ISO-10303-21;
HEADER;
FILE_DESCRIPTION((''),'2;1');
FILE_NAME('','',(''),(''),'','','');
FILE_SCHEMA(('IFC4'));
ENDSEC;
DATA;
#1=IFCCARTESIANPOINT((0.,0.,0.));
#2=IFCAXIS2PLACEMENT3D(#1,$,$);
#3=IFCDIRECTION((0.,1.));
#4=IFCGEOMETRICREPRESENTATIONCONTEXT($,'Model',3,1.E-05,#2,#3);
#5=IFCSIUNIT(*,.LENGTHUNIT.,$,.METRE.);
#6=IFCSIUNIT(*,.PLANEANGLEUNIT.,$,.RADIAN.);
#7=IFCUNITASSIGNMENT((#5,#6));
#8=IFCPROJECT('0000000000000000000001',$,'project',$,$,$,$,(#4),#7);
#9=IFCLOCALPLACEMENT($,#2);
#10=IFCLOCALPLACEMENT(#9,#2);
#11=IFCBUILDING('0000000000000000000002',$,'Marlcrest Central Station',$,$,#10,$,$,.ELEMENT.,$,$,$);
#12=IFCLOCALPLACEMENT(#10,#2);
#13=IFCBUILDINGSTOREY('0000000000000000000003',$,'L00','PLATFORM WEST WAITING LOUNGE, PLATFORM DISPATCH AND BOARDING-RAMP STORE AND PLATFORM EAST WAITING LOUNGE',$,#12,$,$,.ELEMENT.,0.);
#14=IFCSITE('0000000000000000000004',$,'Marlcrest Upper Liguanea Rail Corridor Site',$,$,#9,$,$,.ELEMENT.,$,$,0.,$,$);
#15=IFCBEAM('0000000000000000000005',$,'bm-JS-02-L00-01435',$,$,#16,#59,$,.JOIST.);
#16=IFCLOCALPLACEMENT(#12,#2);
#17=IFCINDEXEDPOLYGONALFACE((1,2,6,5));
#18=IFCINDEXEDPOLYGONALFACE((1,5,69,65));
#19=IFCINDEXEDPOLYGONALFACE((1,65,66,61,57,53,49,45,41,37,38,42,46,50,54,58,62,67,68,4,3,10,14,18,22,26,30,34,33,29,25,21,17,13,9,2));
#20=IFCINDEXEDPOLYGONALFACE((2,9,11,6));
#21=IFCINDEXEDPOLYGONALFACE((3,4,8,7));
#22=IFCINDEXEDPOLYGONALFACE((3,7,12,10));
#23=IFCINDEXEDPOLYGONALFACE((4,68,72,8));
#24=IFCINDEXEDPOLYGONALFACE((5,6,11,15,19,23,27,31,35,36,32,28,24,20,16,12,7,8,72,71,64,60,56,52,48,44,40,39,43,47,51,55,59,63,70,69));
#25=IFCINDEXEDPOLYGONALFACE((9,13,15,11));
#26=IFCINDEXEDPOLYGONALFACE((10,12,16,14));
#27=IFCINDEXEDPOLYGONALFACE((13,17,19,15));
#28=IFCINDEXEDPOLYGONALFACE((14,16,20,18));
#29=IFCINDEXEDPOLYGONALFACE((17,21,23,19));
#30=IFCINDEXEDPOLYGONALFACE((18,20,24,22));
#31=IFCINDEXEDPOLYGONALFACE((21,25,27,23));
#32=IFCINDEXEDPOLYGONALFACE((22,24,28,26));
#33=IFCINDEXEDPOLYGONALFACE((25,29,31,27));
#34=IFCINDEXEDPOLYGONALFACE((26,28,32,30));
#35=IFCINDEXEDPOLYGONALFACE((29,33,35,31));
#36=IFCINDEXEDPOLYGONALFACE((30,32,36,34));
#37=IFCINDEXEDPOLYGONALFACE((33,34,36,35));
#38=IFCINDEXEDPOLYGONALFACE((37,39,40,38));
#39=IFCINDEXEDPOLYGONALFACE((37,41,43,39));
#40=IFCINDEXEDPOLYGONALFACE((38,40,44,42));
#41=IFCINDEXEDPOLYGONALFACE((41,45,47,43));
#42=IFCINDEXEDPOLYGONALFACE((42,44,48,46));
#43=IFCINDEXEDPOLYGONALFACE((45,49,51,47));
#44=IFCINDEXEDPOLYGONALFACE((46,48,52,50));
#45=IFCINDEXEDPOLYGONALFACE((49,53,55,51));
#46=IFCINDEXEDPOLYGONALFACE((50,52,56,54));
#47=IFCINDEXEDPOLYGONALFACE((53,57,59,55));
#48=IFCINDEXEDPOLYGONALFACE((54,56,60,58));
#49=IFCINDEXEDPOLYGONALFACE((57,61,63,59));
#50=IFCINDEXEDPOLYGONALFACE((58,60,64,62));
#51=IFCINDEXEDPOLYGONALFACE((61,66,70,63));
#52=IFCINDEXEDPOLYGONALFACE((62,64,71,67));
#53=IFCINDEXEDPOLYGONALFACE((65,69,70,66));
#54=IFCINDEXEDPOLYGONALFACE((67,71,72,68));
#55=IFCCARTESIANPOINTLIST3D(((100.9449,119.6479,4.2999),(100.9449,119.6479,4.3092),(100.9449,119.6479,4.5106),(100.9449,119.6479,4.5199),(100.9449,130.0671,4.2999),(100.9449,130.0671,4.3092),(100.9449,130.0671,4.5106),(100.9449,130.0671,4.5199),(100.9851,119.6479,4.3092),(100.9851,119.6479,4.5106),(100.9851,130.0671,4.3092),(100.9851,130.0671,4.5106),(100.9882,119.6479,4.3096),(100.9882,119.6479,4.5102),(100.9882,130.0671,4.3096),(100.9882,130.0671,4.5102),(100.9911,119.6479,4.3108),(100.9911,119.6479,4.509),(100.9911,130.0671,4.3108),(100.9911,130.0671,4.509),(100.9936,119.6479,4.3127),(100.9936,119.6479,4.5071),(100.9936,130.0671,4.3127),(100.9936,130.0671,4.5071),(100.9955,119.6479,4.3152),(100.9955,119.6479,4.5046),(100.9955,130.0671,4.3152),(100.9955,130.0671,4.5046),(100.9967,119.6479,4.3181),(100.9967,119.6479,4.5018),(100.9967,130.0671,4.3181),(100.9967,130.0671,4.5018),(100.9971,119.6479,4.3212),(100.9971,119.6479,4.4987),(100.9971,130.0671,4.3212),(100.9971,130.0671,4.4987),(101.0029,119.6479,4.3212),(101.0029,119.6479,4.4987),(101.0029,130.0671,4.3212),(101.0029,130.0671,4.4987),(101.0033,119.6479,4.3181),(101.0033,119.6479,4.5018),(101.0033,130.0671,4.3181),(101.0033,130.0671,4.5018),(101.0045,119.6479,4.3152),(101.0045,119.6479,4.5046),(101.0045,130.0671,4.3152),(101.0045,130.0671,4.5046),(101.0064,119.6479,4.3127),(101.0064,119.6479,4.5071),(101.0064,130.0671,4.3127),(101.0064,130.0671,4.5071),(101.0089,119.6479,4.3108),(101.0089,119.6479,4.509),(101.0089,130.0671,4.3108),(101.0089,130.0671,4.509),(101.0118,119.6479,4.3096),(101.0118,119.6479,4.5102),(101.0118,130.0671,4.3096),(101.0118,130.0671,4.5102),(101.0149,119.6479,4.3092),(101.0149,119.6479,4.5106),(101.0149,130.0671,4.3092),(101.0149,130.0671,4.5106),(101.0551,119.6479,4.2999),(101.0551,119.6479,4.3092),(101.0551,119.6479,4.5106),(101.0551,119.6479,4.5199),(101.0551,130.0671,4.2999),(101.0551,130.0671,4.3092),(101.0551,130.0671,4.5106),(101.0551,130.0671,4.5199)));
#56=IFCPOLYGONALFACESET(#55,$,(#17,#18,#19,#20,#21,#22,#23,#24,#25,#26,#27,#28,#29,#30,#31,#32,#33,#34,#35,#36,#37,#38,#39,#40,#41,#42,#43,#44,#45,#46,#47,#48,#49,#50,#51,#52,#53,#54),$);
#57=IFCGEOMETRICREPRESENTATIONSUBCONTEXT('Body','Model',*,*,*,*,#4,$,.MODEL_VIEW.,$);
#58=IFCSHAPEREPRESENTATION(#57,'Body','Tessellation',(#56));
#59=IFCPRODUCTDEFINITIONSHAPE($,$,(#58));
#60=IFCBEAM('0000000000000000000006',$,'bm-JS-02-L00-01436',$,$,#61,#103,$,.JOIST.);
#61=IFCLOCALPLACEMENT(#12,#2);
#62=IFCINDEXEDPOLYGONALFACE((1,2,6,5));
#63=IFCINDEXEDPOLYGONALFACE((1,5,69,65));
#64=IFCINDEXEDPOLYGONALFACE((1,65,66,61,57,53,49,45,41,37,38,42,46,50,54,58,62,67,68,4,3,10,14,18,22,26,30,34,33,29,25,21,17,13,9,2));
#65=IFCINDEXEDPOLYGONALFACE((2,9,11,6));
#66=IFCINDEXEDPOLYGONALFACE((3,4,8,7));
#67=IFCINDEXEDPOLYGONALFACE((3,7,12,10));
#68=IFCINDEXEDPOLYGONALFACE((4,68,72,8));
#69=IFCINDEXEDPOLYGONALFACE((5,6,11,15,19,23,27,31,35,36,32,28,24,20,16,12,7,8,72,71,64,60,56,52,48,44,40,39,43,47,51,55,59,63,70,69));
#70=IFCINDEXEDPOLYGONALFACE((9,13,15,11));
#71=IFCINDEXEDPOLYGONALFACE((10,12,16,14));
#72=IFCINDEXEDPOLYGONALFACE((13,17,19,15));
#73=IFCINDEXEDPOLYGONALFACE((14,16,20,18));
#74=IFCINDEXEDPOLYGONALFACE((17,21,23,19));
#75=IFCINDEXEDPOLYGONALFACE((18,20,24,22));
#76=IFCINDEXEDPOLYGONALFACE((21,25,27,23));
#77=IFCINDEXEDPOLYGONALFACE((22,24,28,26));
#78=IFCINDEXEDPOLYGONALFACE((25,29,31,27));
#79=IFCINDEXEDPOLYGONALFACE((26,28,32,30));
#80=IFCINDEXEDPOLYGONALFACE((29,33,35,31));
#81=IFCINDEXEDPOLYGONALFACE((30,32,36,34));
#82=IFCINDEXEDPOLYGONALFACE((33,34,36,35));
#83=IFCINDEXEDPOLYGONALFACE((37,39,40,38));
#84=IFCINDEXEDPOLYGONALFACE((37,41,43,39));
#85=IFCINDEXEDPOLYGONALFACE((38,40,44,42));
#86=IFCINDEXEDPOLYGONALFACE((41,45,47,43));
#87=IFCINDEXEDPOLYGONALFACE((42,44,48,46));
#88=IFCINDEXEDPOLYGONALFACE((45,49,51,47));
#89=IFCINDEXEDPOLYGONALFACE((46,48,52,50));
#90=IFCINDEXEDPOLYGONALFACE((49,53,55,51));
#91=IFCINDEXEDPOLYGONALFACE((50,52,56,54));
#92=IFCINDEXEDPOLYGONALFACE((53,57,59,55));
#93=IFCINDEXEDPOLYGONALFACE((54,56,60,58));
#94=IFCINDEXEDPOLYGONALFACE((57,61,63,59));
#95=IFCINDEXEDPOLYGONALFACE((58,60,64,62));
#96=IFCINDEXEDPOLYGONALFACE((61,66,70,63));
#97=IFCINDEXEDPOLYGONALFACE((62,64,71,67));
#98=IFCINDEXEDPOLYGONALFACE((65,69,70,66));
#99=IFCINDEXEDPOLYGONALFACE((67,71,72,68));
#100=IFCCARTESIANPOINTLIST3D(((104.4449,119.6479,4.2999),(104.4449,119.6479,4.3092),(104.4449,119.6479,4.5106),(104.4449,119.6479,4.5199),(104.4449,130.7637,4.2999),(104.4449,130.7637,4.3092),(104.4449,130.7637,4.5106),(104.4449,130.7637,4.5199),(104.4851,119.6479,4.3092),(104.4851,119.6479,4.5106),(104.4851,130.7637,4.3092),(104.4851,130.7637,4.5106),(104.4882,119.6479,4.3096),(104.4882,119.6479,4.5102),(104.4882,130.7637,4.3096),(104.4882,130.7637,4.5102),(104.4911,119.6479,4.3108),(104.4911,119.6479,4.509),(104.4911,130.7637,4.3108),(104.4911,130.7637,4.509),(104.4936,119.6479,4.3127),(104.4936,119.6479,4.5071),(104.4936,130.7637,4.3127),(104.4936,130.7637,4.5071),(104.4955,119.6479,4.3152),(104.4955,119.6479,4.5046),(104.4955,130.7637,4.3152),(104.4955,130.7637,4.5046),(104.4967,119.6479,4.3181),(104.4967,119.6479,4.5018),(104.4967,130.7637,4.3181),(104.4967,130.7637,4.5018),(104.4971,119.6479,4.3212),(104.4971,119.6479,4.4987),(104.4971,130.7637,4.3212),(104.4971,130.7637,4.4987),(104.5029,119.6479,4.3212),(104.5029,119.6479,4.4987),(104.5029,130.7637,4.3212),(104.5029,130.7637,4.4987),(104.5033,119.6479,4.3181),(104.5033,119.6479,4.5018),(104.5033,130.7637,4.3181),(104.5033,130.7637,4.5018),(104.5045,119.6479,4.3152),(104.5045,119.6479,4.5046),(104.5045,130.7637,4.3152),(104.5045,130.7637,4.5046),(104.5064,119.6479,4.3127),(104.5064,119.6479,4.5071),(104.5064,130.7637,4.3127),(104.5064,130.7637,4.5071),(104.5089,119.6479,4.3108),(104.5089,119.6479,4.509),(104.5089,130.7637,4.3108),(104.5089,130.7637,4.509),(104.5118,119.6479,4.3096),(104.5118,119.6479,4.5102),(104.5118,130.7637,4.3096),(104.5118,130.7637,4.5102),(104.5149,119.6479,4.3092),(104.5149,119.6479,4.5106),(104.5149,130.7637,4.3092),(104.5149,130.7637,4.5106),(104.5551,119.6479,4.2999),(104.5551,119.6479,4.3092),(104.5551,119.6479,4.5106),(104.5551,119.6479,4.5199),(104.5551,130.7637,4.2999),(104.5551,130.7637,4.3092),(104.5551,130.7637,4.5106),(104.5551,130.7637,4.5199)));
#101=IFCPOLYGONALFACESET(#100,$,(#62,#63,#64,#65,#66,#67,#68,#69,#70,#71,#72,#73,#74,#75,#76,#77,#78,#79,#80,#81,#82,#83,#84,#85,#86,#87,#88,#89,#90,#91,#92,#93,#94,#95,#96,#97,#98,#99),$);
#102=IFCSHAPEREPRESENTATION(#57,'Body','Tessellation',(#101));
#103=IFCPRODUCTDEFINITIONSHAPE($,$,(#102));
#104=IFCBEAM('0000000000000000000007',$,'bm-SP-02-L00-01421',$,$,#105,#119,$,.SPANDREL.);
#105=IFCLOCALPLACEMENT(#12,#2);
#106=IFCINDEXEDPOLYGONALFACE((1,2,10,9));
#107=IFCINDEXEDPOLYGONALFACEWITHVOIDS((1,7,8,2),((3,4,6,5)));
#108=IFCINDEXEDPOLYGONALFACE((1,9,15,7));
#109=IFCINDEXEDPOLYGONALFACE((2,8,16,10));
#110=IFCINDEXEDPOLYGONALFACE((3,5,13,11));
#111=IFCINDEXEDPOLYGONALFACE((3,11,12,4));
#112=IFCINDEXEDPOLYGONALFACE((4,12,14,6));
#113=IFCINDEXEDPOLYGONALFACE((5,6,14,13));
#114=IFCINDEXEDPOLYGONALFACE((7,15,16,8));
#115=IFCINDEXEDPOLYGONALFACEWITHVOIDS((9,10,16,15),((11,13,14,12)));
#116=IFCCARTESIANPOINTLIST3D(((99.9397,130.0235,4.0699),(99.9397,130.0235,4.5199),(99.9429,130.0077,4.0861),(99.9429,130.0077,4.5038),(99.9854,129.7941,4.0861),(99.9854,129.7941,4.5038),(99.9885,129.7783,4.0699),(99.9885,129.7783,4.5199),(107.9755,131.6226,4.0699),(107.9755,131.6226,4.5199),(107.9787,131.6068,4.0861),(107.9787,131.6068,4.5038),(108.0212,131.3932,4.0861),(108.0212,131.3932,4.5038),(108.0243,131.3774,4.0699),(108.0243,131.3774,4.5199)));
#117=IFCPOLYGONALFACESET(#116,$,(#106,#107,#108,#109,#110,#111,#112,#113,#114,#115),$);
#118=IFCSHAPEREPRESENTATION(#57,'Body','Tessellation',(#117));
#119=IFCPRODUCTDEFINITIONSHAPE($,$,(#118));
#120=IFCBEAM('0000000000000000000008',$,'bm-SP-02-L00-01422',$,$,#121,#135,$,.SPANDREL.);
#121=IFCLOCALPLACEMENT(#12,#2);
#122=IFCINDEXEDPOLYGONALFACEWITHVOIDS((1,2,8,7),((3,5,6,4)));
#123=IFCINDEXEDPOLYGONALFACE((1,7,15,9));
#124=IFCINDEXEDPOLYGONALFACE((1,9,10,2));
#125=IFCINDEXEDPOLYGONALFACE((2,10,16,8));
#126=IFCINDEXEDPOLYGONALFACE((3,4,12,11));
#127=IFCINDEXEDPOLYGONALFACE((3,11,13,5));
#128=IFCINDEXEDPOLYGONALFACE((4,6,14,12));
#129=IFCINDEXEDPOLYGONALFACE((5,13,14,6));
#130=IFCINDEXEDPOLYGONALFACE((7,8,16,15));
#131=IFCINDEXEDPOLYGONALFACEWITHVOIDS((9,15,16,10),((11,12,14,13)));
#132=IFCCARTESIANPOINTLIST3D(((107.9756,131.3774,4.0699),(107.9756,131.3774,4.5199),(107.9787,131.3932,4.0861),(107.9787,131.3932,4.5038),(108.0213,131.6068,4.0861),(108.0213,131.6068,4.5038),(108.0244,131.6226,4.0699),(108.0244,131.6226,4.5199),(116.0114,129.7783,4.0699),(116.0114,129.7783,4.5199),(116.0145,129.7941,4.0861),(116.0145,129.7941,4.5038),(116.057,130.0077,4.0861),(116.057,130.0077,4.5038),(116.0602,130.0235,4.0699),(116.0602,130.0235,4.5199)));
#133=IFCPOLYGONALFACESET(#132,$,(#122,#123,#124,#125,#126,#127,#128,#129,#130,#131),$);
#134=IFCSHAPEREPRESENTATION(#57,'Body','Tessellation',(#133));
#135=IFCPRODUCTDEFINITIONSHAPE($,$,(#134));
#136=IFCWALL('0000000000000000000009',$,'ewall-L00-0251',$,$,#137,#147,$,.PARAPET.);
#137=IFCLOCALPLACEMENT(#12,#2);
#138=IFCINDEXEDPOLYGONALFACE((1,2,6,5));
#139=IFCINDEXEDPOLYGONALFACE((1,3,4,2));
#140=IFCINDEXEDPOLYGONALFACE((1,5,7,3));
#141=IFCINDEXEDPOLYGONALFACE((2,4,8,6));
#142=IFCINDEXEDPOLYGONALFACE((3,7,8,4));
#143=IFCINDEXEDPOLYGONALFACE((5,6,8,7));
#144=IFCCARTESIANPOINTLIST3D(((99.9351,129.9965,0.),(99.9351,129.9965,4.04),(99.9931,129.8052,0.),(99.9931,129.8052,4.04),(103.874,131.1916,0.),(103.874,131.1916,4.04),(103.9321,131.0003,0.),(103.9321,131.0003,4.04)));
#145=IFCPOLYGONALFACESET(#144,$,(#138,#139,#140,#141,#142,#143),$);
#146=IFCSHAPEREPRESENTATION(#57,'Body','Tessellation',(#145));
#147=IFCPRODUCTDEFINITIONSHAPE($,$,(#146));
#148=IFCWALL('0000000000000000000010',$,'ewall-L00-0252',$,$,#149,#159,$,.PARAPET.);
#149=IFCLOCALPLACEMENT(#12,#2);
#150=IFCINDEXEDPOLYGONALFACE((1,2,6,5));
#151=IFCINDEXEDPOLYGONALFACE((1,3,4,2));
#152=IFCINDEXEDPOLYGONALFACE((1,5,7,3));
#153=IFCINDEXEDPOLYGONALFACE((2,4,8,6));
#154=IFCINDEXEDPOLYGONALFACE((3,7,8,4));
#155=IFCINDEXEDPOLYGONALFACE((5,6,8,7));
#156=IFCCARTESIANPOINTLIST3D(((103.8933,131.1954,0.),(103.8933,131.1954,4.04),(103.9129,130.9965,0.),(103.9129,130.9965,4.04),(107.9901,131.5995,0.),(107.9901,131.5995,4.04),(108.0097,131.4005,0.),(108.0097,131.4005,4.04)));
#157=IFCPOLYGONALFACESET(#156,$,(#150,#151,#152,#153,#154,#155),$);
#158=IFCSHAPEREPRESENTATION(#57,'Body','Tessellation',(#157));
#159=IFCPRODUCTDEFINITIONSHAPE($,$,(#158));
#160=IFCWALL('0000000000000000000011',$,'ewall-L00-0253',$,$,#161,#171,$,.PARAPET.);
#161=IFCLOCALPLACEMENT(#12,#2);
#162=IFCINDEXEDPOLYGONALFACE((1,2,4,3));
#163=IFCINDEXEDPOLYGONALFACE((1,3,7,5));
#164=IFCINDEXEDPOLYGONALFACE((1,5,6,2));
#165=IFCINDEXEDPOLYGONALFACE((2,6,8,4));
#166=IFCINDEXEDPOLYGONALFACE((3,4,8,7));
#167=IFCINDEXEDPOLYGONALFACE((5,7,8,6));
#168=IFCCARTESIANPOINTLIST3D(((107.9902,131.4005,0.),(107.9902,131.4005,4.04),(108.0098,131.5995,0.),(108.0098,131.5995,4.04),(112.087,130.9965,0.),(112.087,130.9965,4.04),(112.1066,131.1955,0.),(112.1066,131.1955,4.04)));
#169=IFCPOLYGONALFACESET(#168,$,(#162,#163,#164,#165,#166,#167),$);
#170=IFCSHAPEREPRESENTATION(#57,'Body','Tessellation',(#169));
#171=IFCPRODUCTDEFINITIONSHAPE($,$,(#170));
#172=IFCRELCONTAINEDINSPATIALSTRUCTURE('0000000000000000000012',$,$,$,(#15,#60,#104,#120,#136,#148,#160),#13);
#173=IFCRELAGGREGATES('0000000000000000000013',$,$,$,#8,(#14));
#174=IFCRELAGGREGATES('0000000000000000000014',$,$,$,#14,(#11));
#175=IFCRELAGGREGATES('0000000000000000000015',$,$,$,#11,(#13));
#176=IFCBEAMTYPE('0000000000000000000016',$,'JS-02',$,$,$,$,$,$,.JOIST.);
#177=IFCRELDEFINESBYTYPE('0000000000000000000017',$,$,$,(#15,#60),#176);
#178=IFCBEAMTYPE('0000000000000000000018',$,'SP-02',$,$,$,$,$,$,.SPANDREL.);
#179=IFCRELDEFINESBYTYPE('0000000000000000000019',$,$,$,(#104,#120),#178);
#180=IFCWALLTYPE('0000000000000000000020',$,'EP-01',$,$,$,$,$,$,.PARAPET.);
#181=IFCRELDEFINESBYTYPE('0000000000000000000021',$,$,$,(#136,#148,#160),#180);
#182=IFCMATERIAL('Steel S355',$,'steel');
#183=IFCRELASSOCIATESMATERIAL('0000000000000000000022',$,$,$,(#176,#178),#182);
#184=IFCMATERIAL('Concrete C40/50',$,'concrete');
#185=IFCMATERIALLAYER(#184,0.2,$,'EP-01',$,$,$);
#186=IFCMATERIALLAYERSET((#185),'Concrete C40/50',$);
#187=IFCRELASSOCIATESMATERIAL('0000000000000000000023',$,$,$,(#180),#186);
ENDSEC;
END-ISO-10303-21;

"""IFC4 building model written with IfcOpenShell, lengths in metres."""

from ifc_helpers import new_model, si_unit, direction, frame, frame_2d, origin, origin_2d, place, context, subcontext, project, spatial, rectangle, hollow_rectangle, i_section, extrude, material, layer, layer_set, material_profile, profile_set, type_object, element, save


model = new_model("IFC4")

# Units and contexts
model_context = context("Model", 3, precision=1e-05, world=origin(), true_north=direction((0.0, 1.0)))
body_context = subcontext(model_context, "Body", "Model", "MODEL_VIEW")
ifc_project = project(units=[si_unit("LENGTHUNIT", "METRE"), si_unit("PLANEANGLEUNIT", "RADIAN")], contexts=[model_context])

# Site, building, storey
site_placement = place(None, origin())
site = spatial("IfcSite", under=ifc_project, at=site_placement, Name="Marlcrest Upper Liguanea Rail Corridor Site", CompositionType="ELEMENT", RefElevation=0.0)
building_placement = place(site_placement, origin())
building = spatial("IfcBuilding", under=site, at=building_placement, Name="Marlcrest Central Station", CompositionType="ELEMENT")
storey_placement = place(building_placement, origin())
storey = spatial("IfcBuildingStorey", under=building, at=storey_placement, Name="L00", Description="PLATFORM WEST WAITING LOUNGE, PLATFORM DISPATCH AND BOARDING-RAMP STORE AND PLATFORM EAST WAITING LOUNGE", CompositionType="ELEMENT", Elevation=0.0)

# Shared definitions
ifc_material_1 = material(Name="Concrete C40/50", Category="concrete")

# Shared definitions
ifc_material_2 = material(Name="Steel S355", Category="steel")

# Beams
ifc_material_profile_1 = material_profile(ifc_material_2, i_section(OverallWidth=0.1101, OverallDepth=0.22, WebThickness=0.0059, FlangeThickness=0.0093, FilletRadius=0.012, at=origin_2d()), Name="IPE 220")
ifc_profile_set_1 = profile_set([ifc_material_profile_1], Name="Steel S355")
beam_type_1 = type_object("IfcBeamType", Name="JS-02", PredefinedType="JOIST", material=ifc_profile_set_1)
beam_1_placement = place(storey_placement, frame((101.0, 119.6479, 4.4099), z_axis=(0.0, 1.0, 0.0), x_axis=(-1.0, 0.0, 0.0)))
element("IfcBeam", 1, at=beam_1_placement, inside=storey, type_object=beam_type_1, Name="bm-JS-02-L00-01435", PredefinedType="JOIST", context=body_context, shape_type="SweptSolid", body=[
    extrude(i_section(OverallWidth=0.1101, OverallDepth=0.22, WebThickness=0.0059, FlangeThickness=0.0093, FilletRadius=0.012, at=origin_2d()), origin(), (0.0, 0.0, 1.0), 10.4192),
])
beam_2_placement = place(storey_placement, frame((104.5, 119.6479, 4.4099), z_axis=(0.0, 1.0, 0.0), x_axis=(-1.0, 0.0, 0.0)))
element("IfcBeam", 2, at=beam_2_placement, inside=storey, type_object=beam_type_1, Name="bm-JS-02-L00-01436", PredefinedType="JOIST", context=body_context, shape_type="SweptSolid", body=[
    extrude(i_section(OverallWidth=0.1101, OverallDepth=0.22, WebThickness=0.0059, FlangeThickness=0.0093, FilletRadius=0.012, at=origin_2d()), origin(), (0.0, 0.0, 1.0), 11.1157),
])
ifc_material_profile_2 = material_profile(ifc_material_2, hollow_rectangle(XDim=0.25, YDim=0.45, WallThickness=0.0161, at=origin_2d()), Name="RHS 450x250x16")
ifc_profile_set_2 = profile_set([ifc_material_profile_2], Name="Steel S355")
beam_type_2 = type_object("IfcBeamType", Name="SP-02", PredefinedType="SPANDREL", material=ifc_profile_set_2)
for number, where, z_axis, x_axis, name in (
    (3, (99.9641, 129.9009, 4.2949), (0.980769, 0.195171, 0.0), (-0.195171, 0.980769, 0.0), "bm-SP-02-L00-01421"),
    (4, (108.0, 131.5, 4.2949), (0.980769, -0.195171, 0.0), (0.195171, 0.980769, 0.0), "bm-SP-02-L00-01422"),
):
    element("IfcBeam", number, at=place(storey_placement, frame(where, z_axis=z_axis, x_axis=x_axis)), inside=storey, type_object=beam_type_2, Name=name, PredefinedType="SPANDREL", context=body_context, shape_type="SweptSolid", body=[
        extrude(hollow_rectangle(XDim=0.25, YDim=0.45, WallThickness=0.0161, at=origin_2d()), origin(), (0.0, 0.0, 1.0), 8.1934),
    ])

# Walls
ifc_layer = layer(ifc_material_1, 0.2, Name="EP-01")
ifc_layer_set = layer_set([ifc_layer], Name="Concrete C40/50")
wall_type = type_object("IfcWallType", Name="EP-01", PredefinedType="PARAPET", material=ifc_layer_set)
wall_placement = place(storey_placement, frame((99.9641, 129.9009, 0.0), z_axis=(0.0, 0.0, 1.0), x_axis=(0.956927, 0.290328, 0.0)))
element("IfcWall", 5, at=wall_placement, inside=storey, type_object=wall_type, Name="ewall-L00-0251", PredefinedType="PARAPET", context=body_context, shape_type="SweptSolid", body=[
    extrude(rectangle(XDim=4.1162, YDim=0.2, at=frame_2d((2.0581, 0.0))), origin(), (0.0, 0.0, 1.0), 4.04),
])
for number, where, z_axis, x_axis, name in (
    (6, (103.9031, 131.0959, 0.0), (0.0, 0.0, 1.0), (0.995172, 0.098147, 0.0), "ewall-L00-0252"),
    (7, (108.0, 131.5, 0.0), (0.0, 0.0, 1.0), (0.995172, -0.098147, 0.0), "ewall-L00-0253"),
):
    element("IfcWall", number, at=place(storey_placement, frame(where, z_axis=z_axis, x_axis=x_axis)), inside=storey, type_object=wall_type, Name=name, PredefinedType="PARAPET", context=body_context, shape_type="SweptSolid", body=[
        extrude(rectangle(XDim=4.1167, YDim=0.2, at=frame_2d((2.0583, 0.0))), origin(), (0.0, 0.0, 1.0), 4.04),
    ])

save(model, "model.ifc")
